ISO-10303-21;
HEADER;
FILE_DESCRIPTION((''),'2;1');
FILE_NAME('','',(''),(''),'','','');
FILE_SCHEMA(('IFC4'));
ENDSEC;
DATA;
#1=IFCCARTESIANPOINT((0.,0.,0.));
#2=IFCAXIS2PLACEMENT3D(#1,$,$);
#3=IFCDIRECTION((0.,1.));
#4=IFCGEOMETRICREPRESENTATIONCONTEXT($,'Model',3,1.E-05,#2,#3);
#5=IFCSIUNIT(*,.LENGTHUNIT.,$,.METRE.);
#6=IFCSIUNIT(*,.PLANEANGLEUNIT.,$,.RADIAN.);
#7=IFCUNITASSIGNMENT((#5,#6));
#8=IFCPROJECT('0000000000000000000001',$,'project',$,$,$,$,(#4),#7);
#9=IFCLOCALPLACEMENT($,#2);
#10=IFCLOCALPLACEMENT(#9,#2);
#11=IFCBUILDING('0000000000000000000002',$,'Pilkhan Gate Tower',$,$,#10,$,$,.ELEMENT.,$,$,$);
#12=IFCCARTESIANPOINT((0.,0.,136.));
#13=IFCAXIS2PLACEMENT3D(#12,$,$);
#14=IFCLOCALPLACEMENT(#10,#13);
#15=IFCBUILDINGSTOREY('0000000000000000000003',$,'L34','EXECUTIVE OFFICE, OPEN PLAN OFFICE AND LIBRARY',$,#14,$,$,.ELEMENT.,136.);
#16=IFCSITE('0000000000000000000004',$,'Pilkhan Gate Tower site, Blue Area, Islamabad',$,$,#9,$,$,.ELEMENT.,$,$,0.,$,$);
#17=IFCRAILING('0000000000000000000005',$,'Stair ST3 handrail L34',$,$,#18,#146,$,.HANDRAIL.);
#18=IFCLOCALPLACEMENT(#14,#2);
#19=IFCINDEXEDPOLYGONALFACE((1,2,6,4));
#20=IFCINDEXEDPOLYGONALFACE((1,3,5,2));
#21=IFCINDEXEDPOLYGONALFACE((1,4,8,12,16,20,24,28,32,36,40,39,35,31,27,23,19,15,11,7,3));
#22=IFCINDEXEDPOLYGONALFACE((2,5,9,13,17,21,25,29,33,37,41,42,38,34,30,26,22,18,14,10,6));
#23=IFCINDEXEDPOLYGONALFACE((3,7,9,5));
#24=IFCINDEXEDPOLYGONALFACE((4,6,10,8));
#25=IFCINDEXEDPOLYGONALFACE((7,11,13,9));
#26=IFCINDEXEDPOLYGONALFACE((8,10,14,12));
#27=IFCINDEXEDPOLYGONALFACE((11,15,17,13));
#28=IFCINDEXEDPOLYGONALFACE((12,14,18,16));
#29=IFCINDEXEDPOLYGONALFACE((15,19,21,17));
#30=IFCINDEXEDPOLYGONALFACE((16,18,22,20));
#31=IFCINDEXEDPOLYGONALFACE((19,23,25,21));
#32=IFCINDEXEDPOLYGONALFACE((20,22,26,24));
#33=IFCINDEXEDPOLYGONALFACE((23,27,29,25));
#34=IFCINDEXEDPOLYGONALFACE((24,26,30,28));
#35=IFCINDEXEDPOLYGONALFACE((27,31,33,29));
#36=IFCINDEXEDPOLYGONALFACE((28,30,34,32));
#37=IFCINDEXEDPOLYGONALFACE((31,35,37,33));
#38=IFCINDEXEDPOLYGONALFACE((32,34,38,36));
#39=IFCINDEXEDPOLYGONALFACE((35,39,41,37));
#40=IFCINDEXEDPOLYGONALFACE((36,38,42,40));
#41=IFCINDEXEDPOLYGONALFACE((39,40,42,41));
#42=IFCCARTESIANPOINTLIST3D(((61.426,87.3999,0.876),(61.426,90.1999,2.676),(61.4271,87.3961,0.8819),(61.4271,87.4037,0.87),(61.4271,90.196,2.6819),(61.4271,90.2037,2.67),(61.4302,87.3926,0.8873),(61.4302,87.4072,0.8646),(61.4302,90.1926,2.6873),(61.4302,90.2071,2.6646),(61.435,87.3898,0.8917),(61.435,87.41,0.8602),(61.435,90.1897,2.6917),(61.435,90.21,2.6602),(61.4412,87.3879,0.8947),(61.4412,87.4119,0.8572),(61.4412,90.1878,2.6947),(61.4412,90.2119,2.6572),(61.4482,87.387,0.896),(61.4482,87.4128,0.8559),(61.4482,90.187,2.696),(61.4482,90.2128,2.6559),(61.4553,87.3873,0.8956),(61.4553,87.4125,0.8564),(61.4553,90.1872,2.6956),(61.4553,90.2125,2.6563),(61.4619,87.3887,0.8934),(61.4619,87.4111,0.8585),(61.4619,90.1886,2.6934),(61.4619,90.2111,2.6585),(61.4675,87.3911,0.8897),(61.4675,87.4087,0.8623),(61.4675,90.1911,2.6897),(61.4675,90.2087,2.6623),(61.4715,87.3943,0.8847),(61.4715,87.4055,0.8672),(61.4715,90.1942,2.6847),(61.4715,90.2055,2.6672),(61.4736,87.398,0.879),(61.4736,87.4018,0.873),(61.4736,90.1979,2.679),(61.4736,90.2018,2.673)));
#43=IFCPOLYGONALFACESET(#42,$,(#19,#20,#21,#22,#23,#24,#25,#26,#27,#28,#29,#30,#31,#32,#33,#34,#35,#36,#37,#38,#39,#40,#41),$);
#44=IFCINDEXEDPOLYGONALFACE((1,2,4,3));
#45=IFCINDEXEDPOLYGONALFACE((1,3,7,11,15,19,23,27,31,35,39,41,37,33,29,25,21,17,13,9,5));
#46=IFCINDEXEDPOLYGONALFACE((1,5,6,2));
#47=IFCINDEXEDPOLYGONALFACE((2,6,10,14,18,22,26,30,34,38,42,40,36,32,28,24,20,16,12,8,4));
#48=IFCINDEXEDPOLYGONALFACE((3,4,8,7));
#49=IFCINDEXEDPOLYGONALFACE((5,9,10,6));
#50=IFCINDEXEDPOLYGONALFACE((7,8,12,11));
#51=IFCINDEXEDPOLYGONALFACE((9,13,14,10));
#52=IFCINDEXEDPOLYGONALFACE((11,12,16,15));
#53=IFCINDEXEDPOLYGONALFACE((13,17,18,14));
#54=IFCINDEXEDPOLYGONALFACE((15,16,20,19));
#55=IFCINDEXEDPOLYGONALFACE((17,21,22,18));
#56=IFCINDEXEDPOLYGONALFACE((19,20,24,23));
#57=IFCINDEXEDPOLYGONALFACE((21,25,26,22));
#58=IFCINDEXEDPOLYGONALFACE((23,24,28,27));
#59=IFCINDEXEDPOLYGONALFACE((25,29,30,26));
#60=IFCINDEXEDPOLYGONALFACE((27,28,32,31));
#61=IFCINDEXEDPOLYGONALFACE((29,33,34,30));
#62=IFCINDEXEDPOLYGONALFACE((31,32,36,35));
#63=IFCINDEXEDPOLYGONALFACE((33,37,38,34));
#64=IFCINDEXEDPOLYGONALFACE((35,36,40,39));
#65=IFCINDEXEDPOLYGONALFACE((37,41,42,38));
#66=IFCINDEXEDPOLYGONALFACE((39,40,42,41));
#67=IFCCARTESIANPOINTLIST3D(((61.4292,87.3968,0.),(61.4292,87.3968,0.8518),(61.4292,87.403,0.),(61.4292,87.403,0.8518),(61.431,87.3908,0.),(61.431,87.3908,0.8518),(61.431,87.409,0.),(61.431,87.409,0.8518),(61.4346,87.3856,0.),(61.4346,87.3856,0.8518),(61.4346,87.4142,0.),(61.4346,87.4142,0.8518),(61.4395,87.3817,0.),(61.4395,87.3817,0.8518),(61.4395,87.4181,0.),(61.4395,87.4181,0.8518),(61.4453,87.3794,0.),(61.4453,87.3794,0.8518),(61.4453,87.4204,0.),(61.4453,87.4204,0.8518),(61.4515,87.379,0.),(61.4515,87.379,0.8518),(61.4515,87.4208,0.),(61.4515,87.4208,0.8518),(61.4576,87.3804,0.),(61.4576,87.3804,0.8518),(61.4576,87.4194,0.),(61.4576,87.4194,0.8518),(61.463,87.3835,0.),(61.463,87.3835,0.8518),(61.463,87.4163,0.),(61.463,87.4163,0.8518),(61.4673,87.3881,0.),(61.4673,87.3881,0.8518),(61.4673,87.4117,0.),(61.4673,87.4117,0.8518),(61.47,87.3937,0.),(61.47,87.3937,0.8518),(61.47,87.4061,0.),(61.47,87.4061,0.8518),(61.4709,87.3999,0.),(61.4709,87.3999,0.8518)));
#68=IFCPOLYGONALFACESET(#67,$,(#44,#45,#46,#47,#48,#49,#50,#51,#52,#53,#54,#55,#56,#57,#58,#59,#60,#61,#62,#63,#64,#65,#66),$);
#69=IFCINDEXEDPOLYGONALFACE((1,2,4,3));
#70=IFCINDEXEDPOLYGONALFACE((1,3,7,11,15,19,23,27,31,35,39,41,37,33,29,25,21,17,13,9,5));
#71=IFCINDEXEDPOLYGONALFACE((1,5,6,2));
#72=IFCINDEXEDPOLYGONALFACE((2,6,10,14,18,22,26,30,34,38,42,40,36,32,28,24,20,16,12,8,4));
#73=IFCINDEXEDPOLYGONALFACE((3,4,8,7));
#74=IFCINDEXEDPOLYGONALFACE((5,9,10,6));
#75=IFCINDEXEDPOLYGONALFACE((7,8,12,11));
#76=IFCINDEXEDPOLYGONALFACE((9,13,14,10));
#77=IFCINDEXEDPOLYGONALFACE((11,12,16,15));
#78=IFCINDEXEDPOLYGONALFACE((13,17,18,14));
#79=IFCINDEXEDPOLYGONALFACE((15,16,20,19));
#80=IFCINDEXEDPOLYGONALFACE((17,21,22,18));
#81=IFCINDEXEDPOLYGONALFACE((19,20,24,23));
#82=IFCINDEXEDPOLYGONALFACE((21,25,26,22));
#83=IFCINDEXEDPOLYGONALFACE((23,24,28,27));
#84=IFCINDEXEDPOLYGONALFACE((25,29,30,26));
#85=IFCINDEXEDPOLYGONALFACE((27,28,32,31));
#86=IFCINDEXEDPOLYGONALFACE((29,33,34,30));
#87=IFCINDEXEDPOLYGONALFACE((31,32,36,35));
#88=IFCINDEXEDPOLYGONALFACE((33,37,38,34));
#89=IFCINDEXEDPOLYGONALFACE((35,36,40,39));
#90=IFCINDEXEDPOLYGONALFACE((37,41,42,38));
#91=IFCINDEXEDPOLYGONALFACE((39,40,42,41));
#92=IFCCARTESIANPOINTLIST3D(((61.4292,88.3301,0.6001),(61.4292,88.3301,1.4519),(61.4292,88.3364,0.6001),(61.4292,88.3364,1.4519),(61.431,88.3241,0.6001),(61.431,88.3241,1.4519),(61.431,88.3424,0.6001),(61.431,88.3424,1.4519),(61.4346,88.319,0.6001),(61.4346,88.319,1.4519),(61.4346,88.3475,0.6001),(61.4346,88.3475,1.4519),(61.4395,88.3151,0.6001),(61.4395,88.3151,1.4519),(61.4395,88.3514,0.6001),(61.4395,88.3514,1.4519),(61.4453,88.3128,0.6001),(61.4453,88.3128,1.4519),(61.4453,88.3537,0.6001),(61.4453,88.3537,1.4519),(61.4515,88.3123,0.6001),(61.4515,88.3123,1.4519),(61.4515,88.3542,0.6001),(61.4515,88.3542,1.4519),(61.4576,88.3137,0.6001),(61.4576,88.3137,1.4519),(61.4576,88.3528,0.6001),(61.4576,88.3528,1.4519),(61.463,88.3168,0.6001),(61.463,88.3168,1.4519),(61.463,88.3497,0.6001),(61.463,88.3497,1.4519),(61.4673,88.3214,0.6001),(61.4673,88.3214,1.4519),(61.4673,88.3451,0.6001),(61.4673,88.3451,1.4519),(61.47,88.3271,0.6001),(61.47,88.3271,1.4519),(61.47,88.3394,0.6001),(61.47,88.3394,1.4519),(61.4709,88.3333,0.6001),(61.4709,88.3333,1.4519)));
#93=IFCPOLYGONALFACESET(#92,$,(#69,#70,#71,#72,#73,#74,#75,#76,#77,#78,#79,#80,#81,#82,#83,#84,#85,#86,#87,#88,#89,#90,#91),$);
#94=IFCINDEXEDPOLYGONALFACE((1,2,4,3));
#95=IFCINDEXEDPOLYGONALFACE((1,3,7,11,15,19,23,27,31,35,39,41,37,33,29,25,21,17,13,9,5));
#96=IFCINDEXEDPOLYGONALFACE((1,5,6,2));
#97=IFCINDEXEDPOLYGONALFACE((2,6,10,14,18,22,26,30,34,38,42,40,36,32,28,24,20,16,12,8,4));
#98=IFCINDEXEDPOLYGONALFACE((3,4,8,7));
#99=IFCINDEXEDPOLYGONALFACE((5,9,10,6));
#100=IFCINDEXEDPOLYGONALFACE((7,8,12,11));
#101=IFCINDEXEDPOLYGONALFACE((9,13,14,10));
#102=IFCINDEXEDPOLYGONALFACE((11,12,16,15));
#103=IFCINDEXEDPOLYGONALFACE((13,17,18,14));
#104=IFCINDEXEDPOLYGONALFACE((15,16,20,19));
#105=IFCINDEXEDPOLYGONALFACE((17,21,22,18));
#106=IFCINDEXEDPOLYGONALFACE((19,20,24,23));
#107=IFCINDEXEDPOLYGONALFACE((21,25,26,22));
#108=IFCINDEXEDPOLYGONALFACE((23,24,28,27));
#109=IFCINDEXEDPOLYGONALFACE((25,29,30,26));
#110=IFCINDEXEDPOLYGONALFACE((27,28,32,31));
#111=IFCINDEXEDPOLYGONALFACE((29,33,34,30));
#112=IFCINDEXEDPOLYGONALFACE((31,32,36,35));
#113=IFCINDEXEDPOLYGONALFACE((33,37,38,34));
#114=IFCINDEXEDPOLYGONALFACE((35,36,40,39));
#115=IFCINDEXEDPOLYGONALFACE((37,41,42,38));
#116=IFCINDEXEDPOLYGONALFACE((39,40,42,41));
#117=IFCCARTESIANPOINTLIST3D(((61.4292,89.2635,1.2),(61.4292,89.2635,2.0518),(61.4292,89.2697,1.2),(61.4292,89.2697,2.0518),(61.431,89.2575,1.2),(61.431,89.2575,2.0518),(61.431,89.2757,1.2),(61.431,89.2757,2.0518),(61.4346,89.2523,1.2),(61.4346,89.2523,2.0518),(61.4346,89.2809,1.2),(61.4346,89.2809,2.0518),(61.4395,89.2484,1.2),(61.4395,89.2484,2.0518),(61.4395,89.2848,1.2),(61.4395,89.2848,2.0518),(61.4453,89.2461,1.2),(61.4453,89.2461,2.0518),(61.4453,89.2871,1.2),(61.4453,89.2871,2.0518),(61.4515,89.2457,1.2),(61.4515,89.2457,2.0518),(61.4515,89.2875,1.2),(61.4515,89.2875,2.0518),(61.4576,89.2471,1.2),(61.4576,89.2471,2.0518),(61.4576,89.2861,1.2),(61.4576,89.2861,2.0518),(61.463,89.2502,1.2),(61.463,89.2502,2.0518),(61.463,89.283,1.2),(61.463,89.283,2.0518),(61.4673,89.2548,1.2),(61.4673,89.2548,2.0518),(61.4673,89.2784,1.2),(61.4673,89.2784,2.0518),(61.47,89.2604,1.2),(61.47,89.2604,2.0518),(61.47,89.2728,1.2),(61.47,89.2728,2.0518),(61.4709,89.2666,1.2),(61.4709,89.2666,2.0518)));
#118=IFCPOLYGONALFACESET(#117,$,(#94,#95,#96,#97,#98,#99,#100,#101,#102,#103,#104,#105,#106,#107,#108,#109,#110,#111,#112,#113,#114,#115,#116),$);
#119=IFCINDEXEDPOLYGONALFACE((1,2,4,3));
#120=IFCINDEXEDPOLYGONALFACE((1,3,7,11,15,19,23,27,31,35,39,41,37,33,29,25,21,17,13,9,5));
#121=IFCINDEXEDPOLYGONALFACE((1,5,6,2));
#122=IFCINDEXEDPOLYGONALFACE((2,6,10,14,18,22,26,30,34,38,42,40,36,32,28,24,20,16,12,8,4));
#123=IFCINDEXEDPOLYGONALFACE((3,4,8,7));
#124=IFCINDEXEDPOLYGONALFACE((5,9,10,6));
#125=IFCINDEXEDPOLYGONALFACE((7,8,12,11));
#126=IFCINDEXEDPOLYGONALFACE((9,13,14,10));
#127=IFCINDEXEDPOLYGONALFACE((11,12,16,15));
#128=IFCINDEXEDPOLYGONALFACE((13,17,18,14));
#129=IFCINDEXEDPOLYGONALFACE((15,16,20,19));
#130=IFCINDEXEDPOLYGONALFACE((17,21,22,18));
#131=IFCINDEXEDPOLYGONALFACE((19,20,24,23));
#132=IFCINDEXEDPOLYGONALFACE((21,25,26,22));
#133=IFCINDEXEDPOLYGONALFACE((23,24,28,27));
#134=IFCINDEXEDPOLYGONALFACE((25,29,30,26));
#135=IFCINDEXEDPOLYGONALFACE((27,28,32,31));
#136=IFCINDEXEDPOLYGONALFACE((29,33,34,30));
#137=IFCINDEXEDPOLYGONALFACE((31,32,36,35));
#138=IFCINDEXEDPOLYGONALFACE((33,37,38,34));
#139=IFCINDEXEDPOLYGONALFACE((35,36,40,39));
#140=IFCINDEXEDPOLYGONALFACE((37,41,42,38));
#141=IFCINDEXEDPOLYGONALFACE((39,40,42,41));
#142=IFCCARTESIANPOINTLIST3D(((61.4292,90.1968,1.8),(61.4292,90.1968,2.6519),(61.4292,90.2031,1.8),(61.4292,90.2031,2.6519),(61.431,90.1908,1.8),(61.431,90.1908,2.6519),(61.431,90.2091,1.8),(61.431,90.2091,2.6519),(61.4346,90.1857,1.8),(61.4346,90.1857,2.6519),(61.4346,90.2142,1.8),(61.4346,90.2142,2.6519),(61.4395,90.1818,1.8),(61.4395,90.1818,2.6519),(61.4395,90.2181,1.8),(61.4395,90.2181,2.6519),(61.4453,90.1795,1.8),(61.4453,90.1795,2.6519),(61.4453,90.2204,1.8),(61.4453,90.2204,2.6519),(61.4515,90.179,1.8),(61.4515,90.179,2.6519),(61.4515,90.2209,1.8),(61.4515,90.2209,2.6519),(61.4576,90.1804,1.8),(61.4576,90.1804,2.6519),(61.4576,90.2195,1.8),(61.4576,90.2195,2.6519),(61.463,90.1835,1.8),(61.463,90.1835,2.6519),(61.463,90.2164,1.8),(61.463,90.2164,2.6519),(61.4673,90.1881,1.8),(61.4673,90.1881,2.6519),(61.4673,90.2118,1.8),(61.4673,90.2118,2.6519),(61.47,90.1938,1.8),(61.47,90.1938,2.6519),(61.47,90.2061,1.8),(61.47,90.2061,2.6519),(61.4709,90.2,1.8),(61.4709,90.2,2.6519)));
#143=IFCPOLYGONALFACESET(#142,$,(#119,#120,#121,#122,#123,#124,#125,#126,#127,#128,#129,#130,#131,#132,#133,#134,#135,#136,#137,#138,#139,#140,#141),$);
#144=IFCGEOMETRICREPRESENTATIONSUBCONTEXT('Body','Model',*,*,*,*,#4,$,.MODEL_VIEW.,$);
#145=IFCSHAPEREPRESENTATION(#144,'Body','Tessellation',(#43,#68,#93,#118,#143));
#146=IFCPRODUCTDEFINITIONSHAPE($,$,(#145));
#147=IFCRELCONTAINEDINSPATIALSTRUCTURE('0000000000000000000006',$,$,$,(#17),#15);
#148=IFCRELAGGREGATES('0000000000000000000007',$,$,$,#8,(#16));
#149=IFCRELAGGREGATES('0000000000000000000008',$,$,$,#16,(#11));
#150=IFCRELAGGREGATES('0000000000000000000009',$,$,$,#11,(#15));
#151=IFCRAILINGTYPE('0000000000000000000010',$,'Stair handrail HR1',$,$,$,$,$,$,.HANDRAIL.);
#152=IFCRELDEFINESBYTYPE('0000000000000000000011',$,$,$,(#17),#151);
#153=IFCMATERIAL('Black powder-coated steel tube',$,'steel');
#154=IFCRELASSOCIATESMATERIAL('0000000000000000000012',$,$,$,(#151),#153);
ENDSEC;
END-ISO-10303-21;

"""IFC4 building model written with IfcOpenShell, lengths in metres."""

from ifc_helpers import new_model, si_unit, direction, frame, origin, origin_2d, place, context, subcontext, project, spatial, circle, extrude, material, type_object, element, save


model = new_model("IFC4")

# Units and contexts
model_context = context("Model", 3, precision=1e-05, world=origin(), true_north=direction((0.0, 1.0)))
body_context = subcontext(model_context, "Body", "Model", "MODEL_VIEW")
ifc_project = project(units=[si_unit("LENGTHUNIT", "METRE"), si_unit("PLANEANGLEUNIT", "RADIAN")], contexts=[model_context])

# Site, building, storey
site_placement = place(None, origin())
site = spatial("IfcSite", under=ifc_project, at=site_placement, Name="Pilkhan Gate Tower site, Blue Area, Islamabad", CompositionType="ELEMENT", RefElevation=0.0)
building_placement = place(site_placement, origin())
building = spatial("IfcBuilding", under=site, at=building_placement, Name="Pilkhan Gate Tower", CompositionType="ELEMENT")
storey_placement = place(building_placement, frame((0.0, 0.0, 136.0)))
storey = spatial("IfcBuildingStorey", under=building, at=storey_placement, Name="L34", Description="EXECUTIVE OFFICE, OPEN PLAN OFFICE AND LIBRARY", CompositionType="ELEMENT", Elevation=136.0)

# Railing
ifc_material_1 = material(Name="Black powder-coated steel tube", Category="steel")
railing_type_1 = type_object("IfcRailingType", Name="Stair handrail HR1", PredefinedType="HANDRAIL", material=ifc_material_1)
railing_1_placement = place(storey_placement, frame((61.45, 87.3999, 0.0)))
element("IfcRailing", 1, at=railing_1_placement, inside=storey, type_object=railing_type_1, Name="Stair ST3 handrail L34", PredefinedType="HANDRAIL", context=body_context, shape_type="SweptSolid", body=[
    extrude(circle(Radius=0.0239, at=origin_2d()), frame((0.0, 0.0, 0.876), z_axis=(0.0, 0.841176, 0.540761), x_axis=(-1.0, 0.0, 0.0)), (0.0, 0.0, 1.0), 3.3286),
    extrude(circle(Radius=0.021, at=origin_2d()), origin(), (0.0, 0.0, 1.0), 0.8518),
    extrude(circle(Radius=0.021, at=origin_2d()), frame((0.0, 0.9333, 0.6001)), (0.0, 0.0, 1.0), 0.8518),
    extrude(circle(Radius=0.021, at=origin_2d()), frame((0.0, 1.8667, 1.2)), (0.0, 0.0, 1.0), 0.8518),
    extrude(circle(Radius=0.021, at=origin_2d()), frame((0.0, 2.8, 1.8)), (0.0, 0.0, 1.0), 0.8518),
])

save(model, "model.ifc")
